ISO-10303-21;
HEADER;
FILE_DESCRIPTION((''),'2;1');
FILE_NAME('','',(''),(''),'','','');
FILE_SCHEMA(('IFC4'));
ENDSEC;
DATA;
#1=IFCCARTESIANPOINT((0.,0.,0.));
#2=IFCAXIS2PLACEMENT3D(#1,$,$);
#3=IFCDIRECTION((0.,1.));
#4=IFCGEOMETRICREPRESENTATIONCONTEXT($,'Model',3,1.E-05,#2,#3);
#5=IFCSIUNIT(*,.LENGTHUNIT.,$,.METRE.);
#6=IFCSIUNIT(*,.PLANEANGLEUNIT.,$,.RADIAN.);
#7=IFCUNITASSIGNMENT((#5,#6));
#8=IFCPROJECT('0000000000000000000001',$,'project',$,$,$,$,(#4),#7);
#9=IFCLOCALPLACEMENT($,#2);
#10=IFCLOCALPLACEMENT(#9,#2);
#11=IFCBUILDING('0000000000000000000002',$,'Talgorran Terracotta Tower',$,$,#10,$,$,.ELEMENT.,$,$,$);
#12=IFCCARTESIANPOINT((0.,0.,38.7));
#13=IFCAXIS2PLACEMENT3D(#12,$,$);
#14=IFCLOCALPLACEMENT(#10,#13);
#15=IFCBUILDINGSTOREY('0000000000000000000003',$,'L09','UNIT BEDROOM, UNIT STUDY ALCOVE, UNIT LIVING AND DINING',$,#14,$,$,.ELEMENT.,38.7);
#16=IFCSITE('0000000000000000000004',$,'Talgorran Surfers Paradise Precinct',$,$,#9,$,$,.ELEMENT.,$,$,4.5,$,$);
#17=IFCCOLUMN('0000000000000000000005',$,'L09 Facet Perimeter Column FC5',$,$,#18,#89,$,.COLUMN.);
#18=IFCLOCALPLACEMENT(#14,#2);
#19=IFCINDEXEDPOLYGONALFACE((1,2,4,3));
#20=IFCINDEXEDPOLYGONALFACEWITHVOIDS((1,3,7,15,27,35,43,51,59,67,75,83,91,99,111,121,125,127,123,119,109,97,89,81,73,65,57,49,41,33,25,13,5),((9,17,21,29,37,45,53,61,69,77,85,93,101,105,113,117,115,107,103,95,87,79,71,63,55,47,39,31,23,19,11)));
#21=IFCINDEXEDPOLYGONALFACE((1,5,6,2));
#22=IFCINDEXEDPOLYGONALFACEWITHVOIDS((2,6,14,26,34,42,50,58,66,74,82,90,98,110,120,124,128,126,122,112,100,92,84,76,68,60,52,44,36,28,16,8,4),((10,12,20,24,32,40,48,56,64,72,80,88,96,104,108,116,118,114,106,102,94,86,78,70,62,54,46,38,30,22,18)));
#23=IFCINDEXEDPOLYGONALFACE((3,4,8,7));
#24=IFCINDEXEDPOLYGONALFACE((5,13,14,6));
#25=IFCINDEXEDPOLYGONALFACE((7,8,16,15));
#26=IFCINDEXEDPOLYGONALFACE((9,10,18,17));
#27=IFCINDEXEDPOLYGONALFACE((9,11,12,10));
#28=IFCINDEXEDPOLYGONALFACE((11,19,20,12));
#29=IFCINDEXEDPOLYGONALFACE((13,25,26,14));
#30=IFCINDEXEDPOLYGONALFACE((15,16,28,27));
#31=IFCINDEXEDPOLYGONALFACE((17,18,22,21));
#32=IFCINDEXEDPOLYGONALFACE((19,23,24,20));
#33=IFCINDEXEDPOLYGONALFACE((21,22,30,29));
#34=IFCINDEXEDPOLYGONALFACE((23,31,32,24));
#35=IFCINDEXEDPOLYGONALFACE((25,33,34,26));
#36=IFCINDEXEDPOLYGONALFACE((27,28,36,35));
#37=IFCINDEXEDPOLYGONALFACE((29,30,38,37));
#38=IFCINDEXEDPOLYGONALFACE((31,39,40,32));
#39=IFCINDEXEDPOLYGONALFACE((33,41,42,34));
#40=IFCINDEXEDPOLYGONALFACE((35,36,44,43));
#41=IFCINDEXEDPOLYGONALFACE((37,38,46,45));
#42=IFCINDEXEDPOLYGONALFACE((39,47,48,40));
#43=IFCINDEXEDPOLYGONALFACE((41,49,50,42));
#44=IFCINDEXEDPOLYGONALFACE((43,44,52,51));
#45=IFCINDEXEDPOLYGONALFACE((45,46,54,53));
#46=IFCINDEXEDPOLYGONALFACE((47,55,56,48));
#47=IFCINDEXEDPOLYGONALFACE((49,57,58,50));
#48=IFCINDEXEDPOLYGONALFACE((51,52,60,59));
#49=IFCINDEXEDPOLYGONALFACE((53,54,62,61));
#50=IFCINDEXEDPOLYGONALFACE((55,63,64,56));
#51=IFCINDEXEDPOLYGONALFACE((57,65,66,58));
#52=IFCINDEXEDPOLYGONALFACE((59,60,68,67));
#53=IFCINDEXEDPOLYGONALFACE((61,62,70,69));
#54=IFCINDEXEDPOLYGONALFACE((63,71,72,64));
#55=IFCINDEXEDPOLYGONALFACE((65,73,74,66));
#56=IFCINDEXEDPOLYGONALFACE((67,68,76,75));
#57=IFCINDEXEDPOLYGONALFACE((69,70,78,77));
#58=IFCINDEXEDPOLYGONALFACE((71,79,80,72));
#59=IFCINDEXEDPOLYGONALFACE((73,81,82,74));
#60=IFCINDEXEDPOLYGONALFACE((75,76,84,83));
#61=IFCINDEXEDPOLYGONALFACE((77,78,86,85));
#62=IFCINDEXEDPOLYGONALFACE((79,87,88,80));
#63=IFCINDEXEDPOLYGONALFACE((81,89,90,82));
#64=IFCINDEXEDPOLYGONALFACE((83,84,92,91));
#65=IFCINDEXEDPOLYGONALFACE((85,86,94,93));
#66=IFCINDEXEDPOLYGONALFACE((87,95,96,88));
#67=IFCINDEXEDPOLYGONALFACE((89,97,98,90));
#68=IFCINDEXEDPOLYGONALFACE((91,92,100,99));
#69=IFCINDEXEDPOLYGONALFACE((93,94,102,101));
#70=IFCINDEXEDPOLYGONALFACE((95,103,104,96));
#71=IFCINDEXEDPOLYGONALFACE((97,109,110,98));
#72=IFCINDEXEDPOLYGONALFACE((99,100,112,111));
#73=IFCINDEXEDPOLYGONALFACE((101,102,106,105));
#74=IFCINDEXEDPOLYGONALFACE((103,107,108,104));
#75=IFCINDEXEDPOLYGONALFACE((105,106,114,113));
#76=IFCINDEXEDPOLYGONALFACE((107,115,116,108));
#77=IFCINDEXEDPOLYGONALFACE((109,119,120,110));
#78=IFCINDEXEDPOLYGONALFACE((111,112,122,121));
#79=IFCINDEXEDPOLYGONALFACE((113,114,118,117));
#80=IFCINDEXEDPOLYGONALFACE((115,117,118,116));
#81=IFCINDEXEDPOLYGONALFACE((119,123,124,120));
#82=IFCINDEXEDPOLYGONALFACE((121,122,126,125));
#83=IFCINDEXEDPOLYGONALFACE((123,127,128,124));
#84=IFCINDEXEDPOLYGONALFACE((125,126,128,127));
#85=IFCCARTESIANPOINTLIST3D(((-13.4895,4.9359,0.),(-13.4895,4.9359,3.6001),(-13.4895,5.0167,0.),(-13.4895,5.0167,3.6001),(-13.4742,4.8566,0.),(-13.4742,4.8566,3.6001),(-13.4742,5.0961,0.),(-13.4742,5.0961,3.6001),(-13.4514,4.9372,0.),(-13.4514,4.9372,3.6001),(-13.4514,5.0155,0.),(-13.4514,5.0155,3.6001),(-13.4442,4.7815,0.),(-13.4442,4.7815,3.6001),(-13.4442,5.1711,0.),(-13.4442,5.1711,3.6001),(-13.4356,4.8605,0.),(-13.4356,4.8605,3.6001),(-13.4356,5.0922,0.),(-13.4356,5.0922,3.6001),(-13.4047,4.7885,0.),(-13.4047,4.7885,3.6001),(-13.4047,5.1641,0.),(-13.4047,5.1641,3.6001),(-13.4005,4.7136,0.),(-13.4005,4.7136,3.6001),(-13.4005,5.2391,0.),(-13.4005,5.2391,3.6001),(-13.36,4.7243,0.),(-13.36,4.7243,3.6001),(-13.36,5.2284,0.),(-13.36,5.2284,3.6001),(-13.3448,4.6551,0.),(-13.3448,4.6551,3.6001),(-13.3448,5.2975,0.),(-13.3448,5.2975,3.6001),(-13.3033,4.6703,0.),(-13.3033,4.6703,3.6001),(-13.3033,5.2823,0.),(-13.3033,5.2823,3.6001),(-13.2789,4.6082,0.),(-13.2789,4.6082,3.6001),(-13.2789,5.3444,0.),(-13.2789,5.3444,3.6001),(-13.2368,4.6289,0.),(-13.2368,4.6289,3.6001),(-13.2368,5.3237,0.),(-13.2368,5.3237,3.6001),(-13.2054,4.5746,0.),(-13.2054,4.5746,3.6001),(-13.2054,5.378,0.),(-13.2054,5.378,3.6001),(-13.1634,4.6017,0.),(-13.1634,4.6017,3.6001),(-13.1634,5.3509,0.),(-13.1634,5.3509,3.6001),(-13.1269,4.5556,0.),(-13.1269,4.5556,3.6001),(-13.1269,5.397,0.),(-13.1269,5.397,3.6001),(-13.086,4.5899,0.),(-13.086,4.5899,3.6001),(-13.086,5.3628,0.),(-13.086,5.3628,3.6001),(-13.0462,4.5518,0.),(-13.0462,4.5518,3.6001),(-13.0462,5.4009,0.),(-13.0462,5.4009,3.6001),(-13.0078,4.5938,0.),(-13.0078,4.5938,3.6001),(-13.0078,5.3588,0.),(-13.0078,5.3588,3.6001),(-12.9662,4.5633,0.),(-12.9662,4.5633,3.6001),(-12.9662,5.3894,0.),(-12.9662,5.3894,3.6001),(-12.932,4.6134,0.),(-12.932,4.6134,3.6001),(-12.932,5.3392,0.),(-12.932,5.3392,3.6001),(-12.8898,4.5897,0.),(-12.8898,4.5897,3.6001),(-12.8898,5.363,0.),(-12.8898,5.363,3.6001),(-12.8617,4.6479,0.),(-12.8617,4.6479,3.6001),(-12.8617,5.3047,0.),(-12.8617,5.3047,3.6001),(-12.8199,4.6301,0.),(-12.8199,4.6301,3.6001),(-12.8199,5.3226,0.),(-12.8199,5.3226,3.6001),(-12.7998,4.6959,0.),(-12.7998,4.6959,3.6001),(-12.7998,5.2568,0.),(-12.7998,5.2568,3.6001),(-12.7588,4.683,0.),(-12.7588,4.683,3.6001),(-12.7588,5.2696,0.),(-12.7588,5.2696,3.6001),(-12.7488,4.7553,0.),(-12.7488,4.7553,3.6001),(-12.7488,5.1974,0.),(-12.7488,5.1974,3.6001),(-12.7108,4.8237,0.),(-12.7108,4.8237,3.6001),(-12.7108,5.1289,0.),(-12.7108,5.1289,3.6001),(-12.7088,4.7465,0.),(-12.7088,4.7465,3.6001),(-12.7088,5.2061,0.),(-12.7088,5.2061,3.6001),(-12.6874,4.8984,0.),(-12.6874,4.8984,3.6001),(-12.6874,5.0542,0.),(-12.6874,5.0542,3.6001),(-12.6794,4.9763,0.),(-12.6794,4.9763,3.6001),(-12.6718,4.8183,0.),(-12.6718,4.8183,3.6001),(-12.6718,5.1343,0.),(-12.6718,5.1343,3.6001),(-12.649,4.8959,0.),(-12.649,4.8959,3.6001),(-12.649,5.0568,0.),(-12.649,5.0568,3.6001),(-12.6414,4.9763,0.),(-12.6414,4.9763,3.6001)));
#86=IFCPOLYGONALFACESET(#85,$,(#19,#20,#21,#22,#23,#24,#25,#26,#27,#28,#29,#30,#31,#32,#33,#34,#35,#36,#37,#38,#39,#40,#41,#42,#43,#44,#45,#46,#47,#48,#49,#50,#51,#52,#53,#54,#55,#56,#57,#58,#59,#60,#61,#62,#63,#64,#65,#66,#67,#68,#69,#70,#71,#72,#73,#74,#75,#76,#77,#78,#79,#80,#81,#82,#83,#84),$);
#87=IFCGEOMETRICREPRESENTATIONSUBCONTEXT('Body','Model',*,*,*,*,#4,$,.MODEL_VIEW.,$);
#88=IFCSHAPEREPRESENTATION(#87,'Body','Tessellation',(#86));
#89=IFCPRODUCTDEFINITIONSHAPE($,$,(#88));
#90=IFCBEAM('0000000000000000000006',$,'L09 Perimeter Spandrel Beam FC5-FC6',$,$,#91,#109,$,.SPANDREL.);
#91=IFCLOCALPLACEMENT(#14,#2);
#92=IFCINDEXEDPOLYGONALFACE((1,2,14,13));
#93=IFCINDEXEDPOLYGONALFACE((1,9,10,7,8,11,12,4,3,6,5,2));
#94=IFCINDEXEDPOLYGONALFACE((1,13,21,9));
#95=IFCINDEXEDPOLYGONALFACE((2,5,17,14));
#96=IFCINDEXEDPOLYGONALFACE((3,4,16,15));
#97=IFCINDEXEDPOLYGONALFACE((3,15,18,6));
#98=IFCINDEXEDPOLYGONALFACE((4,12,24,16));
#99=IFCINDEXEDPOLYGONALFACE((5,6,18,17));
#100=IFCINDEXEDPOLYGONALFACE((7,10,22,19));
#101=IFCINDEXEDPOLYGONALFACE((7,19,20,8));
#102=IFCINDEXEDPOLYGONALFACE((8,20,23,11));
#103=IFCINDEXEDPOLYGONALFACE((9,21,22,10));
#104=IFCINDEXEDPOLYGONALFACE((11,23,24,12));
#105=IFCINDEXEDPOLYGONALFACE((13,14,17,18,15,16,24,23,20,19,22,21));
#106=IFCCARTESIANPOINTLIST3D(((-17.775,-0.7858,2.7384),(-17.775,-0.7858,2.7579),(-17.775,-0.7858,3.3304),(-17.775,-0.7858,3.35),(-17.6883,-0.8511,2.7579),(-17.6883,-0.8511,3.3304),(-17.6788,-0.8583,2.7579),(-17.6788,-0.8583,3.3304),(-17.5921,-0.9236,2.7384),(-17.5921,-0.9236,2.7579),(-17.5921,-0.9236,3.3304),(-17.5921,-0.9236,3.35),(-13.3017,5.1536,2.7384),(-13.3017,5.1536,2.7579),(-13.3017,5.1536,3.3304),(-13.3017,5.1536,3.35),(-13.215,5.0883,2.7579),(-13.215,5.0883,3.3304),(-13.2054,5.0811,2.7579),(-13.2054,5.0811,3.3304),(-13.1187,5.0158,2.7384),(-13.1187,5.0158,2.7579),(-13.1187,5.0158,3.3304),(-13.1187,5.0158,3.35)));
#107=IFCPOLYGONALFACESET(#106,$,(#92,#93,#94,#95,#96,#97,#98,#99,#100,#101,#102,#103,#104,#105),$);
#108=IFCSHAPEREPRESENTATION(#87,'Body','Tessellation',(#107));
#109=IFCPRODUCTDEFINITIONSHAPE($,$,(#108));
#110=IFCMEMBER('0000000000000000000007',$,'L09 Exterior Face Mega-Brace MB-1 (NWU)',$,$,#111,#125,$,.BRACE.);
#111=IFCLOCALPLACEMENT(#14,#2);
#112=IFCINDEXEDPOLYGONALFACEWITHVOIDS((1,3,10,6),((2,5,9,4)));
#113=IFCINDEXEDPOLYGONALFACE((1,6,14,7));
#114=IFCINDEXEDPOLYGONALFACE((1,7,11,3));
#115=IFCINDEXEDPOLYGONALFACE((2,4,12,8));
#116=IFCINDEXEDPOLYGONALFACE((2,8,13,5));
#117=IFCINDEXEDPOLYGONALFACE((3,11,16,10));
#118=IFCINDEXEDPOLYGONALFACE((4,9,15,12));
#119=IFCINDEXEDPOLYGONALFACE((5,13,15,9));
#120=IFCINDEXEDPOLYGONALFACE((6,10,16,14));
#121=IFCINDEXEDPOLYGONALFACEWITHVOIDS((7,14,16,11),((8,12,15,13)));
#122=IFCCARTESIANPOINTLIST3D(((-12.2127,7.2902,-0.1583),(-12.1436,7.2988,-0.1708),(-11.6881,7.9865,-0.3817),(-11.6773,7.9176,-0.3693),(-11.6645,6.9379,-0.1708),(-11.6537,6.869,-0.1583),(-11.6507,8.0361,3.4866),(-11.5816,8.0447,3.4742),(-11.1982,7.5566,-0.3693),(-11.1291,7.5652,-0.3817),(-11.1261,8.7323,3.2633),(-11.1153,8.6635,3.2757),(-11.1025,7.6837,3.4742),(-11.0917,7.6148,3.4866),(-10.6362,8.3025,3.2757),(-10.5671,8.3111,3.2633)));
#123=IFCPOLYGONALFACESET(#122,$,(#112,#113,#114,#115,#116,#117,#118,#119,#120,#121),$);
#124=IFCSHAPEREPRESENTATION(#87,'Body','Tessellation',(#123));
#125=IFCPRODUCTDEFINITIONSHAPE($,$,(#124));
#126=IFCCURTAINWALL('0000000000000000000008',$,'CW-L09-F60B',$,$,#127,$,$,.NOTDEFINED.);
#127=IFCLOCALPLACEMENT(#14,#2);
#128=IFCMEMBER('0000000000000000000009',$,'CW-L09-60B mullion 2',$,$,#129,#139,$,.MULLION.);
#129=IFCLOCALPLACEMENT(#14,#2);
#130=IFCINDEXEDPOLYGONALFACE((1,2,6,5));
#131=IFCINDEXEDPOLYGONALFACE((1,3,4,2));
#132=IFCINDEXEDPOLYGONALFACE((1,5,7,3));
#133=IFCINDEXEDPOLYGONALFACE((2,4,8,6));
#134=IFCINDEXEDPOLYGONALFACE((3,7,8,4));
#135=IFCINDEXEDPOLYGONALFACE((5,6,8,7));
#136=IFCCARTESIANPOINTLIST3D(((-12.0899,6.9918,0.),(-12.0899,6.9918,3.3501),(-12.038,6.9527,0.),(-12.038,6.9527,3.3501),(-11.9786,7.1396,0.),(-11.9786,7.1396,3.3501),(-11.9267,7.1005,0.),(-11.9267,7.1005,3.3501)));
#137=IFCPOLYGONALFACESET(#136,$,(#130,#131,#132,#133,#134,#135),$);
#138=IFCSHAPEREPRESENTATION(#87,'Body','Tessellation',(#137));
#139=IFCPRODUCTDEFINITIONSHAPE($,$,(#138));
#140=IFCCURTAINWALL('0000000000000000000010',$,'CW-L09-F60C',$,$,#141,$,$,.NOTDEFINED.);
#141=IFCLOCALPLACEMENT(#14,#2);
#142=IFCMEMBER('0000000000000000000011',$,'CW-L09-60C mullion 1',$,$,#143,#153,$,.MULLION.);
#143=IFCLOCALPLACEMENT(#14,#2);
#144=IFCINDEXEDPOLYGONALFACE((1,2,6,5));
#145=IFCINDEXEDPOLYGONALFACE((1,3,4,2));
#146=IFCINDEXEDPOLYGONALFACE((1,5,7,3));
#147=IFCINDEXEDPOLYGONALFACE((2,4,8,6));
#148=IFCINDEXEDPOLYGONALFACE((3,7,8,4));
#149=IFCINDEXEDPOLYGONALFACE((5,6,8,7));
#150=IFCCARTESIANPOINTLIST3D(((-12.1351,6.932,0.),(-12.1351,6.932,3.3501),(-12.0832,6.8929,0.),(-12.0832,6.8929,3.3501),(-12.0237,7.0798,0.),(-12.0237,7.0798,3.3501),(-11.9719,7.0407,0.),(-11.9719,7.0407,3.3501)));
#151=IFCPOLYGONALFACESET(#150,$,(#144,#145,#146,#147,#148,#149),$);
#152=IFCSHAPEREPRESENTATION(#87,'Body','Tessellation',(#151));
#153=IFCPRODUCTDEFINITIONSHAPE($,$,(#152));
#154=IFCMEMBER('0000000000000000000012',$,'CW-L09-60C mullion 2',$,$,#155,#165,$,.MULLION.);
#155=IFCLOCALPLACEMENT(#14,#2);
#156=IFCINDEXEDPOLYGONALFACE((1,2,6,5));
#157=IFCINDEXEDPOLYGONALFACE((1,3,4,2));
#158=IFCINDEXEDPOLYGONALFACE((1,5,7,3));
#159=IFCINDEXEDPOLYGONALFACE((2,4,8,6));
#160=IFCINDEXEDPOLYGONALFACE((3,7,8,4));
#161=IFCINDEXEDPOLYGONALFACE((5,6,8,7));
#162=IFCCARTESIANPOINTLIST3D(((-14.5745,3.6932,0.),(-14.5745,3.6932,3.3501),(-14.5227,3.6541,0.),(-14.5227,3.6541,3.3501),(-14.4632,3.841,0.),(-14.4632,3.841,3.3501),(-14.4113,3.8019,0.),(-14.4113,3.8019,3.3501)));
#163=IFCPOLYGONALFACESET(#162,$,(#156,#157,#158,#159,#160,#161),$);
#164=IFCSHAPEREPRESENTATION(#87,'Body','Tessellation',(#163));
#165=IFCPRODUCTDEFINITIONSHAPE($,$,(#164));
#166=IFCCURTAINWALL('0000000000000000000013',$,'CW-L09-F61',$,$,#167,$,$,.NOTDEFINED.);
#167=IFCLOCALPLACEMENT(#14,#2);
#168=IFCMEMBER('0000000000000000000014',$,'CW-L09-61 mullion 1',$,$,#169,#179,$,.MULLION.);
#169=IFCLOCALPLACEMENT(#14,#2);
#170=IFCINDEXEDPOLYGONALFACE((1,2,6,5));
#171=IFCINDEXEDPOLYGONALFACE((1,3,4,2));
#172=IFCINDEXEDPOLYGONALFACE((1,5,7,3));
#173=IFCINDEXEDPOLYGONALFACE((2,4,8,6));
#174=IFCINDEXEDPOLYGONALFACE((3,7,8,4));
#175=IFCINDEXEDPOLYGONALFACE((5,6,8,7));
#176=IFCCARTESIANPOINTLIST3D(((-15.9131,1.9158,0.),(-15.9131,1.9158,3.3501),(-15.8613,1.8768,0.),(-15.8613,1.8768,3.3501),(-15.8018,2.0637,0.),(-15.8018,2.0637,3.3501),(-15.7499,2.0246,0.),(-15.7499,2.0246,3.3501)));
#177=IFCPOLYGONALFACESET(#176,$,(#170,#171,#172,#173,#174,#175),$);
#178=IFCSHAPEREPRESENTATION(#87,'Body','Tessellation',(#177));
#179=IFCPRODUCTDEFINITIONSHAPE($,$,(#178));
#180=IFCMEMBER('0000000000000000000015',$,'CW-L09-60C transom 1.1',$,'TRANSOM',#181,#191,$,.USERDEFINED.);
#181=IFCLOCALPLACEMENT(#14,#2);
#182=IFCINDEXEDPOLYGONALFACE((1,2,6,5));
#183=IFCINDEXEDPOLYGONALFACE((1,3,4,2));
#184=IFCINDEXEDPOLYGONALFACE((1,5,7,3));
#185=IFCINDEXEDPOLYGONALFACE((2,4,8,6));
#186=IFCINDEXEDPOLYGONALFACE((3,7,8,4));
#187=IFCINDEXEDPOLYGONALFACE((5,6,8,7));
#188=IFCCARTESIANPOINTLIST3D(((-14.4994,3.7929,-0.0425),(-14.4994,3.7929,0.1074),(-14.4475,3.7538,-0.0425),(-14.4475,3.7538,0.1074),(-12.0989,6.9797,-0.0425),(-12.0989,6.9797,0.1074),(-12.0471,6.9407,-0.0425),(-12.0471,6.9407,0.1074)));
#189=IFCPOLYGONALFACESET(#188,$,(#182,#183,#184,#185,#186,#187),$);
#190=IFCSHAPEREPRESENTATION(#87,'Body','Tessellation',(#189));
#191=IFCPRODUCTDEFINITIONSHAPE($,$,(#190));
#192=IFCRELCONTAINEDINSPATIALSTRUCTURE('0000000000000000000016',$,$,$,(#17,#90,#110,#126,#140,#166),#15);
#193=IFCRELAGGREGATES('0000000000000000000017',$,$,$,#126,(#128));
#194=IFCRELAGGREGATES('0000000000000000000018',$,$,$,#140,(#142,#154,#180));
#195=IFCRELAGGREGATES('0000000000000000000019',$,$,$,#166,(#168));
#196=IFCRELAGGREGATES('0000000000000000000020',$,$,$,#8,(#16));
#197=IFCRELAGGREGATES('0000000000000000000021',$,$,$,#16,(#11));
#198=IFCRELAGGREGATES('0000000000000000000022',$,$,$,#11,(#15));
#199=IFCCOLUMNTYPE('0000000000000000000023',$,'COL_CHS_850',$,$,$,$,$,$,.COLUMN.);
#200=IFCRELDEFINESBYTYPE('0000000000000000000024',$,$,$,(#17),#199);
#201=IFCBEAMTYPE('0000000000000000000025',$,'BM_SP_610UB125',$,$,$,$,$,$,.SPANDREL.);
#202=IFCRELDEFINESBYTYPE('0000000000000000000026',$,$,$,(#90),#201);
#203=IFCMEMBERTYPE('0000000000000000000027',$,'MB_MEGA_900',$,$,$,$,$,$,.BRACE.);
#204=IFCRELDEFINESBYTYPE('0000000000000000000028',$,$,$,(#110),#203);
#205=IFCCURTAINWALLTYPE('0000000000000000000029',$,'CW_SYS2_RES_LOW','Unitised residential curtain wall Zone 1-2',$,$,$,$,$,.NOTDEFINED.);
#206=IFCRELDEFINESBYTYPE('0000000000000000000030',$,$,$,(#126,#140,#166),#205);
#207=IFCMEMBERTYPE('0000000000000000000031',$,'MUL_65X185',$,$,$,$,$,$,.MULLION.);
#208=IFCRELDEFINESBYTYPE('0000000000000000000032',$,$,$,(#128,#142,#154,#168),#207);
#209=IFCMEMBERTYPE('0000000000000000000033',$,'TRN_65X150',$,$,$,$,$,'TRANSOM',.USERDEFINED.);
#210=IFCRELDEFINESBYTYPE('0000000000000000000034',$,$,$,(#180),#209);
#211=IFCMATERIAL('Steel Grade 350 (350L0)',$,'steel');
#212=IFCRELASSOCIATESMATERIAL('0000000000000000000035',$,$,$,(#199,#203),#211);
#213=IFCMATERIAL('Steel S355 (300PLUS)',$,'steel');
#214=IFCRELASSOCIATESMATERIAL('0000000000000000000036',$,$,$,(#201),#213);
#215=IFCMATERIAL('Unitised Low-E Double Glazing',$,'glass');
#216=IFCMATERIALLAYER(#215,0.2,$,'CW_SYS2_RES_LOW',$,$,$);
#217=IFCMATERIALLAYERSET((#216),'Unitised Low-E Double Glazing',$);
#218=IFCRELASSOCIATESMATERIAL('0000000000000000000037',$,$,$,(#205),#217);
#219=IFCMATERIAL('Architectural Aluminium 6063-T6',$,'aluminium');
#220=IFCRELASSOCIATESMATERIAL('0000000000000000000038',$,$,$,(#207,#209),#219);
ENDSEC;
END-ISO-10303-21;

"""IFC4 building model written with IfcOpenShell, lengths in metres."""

from ifc_helpers import new_model, si_unit, direction, frame, origin, origin_2d, place, context, subcontext, project, spatial, rectangle, hollow_rectangle, hollow_circle, i_section, extrude, material, layer, layer_set, material_profile, profile_set, type_object, element, aggregate, save


model = new_model("IFC4")

# Units and contexts
model_context = context("Model", 3, precision=1e-05, world=origin(), true_north=direction((0.0, 1.0)))
body_context = subcontext(model_context, "Body", "Model", "MODEL_VIEW")
ifc_project = project(units=[si_unit("LENGTHUNIT", "METRE"), si_unit("PLANEANGLEUNIT", "RADIAN")], contexts=[model_context])

# Site, building, storey
site_placement = place(None, origin())
site = spatial("IfcSite", under=ifc_project, at=site_placement, Name="Talgorran Surfers Paradise Precinct", CompositionType="ELEMENT", RefElevation=4.5)
building_placement = place(site_placement, origin())
building = spatial("IfcBuilding", under=site, at=building_placement, Name="Talgorran Terracotta Tower", CompositionType="ELEMENT")
storey_placement = place(building_placement, frame((0.0, 0.0, 38.7)))
storey = spatial("IfcBuildingStorey", under=building, at=storey_placement, Name="L09", Description="UNIT BEDROOM, UNIT STUDY ALCOVE, UNIT LIVING AND DINING", CompositionType="ELEMENT", Elevation=38.7)

# Column
ifc_material_1 = material(Name="Steel Grade 350 (350L0)", Category="steel")
ifc_material_profile_1 = material_profile(ifc_material_1, hollow_circle(Radius=0.425, WallThickness=0.0381, at=origin_2d()), Name="CHS850X38")
ifc_profile_set_1 = profile_set([ifc_material_profile_1], Name="Steel Grade 350 (350L0)")
column_type = type_object("IfcColumnType", Name="COL_CHS_850", PredefinedType="COLUMN", material=ifc_profile_set_1)
column_placement = place(storey_placement, frame((-13.0664, 4.9763, 0.0), z_axis=(0.0, 0.0, 1.0), x_axis=(1.0, 0.0, 0.0)))
element("IfcColumn", 1, at=column_placement, inside=storey, type_object=column_type, Name="L09 Facet Perimeter Column FC5", PredefinedType="COLUMN", context=body_context, shape_type="SweptSolid", body=[
    extrude(hollow_circle(Radius=0.425, WallThickness=0.0381, at=origin_2d()), origin(), (0.0, 0.0, 1.0), 3.6001),
])

# Beam
ifc_material_2 = material(Name="Steel S355 (300PLUS)", Category="steel")
ifc_material_profile_2 = material_profile(ifc_material_2, i_section(OverallWidth=0.229, OverallDepth=0.6116, WebThickness=0.012, FlangeThickness=0.0195, at=origin_2d()), Name="610UB125")
ifc_profile_set_2 = profile_set([ifc_material_profile_2], Name="Steel S355 (300PLUS)")
beam_type = type_object("IfcBeamType", Name="BM_SP_610UB125", PredefinedType="SPANDREL", material=ifc_profile_set_2)
beam_placement = place(storey_placement, frame((-13.2102, 5.0847, 3.0442), z_axis=(-0.601617, -0.798785, 0.0), x_axis=(0.798785, -0.601617, 0.0)))
element("IfcBeam", 2, at=beam_placement, inside=storey, type_object=beam_type, Name="L09 Perimeter Spandrel Beam FC5-FC6", PredefinedType="SPANDREL", context=body_context, shape_type="SweptSolid", body=[
    extrude(i_section(OverallWidth=0.229, OverallDepth=0.6116, WebThickness=0.012, FlangeThickness=0.0195, at=origin_2d()), origin(), (0.0, 0.0, 1.0), 7.4355),
])

# Member
ifc_material_profile_3 = material_profile(ifc_material_1, hollow_rectangle(XDim=0.7, YDim=0.8999, WallThickness=0.05, at=origin_2d()), Name="WBOX900X700X50")
ifc_profile_set_3 = profile_set([ifc_material_profile_3], Name="Steel Grade 350 (350L0)")
member_type_1 = type_object("IfcMemberType", Name="MB_MEGA_900", PredefinedType="BRACE", material=ifc_profile_set_3)
member_1_placement = place(storey_placement, frame((-11.6709, 7.4277, -0.27), z_axis=(0.149362, 0.198219, 0.968711), x_axis=(-0.798649, 0.601797, 0.0)))
element("IfcMember", 3, at=member_1_placement, inside=storey, type_object=member_type_1, Name="L09 Exterior Face Mega-Brace MB-1 (NWU)", PredefinedType="BRACE", context=body_context, shape_type="SweptSolid", body=[
    extrude(hollow_rectangle(XDim=0.7, YDim=0.8999, WallThickness=0.05, at=origin_2d()), origin(), (0.0, 0.0, 1.0), 3.7627),
])

# Curtain wall, member
ifc_material_3 = material(Name="Unitised Low-E Double Glazing", Category="glass")
ifc_layer_1 = layer(ifc_material_3, 0.2, Name="CW_SYS2_RES_LOW")
ifc_layer_set_1 = layer_set([ifc_layer_1], Name="Unitised Low-E Double Glazing")
curtain_wall_type = type_object("IfcCurtainWallType", Name="CW_SYS2_RES_LOW", Description="Unitised residential curtain wall Zone 1-2", PredefinedType="NOTDEFINED", material=ifc_layer_set_1)
curtain_wall_1_placement = place(storey_placement, origin())
curtain_wall_1 = element("IfcCurtainWall", 4, at=curtain_wall_1_placement, inside=storey, type_object=curtain_wall_type, Name="CW-L09-F60B", PredefinedType="NOTDEFINED")
ifc_material_4 = material(Name="Architectural Aluminium 6063-T6", Category="aluminium")
ifc_material_profile_4 = material_profile(ifc_material_4, rectangle(XDim=0.0649, YDim=0.1851, at=origin_2d()), Name="CWM65X185")
ifc_profile_set_4 = profile_set([ifc_material_profile_4], Name="Architectural Aluminium 6063-T6")
member_type_2 = type_object("IfcMemberType", Name="MUL_65X185", PredefinedType="MULLION", material=ifc_profile_set_4)
member_2_placement = place(storey_placement, frame((-12.0083, 7.0461, 0.0), z_axis=(0.0, 0.0, 1.0), x_axis=(0.798774, -0.601631, 0.0)))
member_2 = element("IfcMember", 5, at=member_2_placement, type_object=member_type_2, Name="CW-L09-60B mullion 2", PredefinedType="MULLION", context=body_context, shape_type="SweptSolid", body=[
    extrude(rectangle(XDim=0.0649, YDim=0.1851, at=origin_2d()), origin(), (0.0, 0.0, 1.0), 3.3501),
])

# Curtain wall, members
curtain_wall_2_placement = place(storey_placement, origin())
curtain_wall_2 = element("IfcCurtainWall", 6, at=curtain_wall_2_placement, inside=storey, type_object=curtain_wall_type, Name="CW-L09-F60C", PredefinedType="NOTDEFINED")
member_3_placement = place(storey_placement, frame((-12.0535, 6.9863, 0.0), z_axis=(0.0, 0.0, 1.0), x_axis=(0.798778, -0.601626, 0.0)))
member_3 = element("IfcMember", 7, at=member_3_placement, type_object=member_type_2, Name="CW-L09-60C mullion 1", PredefinedType="MULLION", context=body_context, shape_type="SweptSolid", body=[
    extrude(rectangle(XDim=0.0649, YDim=0.1851, at=origin_2d()), origin(), (0.0, 0.0, 1.0), 3.3501),
])
member_4_placement = place(storey_placement, frame((-14.4929, 3.7476, 0.0), z_axis=(0.0, 0.0, 1.0), x_axis=(0.798778, -0.601626, 0.0)))
member_4 = element("IfcMember", 8, at=member_4_placement, type_object=member_type_2, Name="CW-L09-60C mullion 2", PredefinedType="MULLION", context=body_context, shape_type="SweptSolid", body=[
    extrude(rectangle(XDim=0.0649, YDim=0.1851, at=origin_2d()), origin(), (0.0, 0.0, 1.0), 3.3501),
])

# Curtain wall, member
curtain_wall_3_placement = place(storey_placement, origin())
curtain_wall_3 = element("IfcCurtainWall", 9, at=curtain_wall_3_placement, inside=storey, type_object=curtain_wall_type, Name="CW-L09-F61", PredefinedType="NOTDEFINED")
member_5_placement = place(storey_placement, frame((-15.8315, 1.9702, 0.0), z_axis=(0.0, 0.0, 1.0), x_axis=(0.798776, -0.601629, 0.0)))
member_5 = element("IfcMember", 10, at=member_5_placement, type_object=member_type_2, Name="CW-L09-61 mullion 1", PredefinedType="MULLION", context=body_context, shape_type="SweptSolid", body=[
    extrude(rectangle(XDim=0.0649, YDim=0.1851, at=origin_2d()), origin(), (0.0, 0.0, 1.0), 3.3501),
])

# Member
ifc_material_profile_5 = material_profile(ifc_material_4, rectangle(XDim=0.0649, YDim=0.1499, at=origin_2d()), Name="CWT65X150")
ifc_profile_set_5 = profile_set([ifc_material_profile_5], Name="Architectural Aluminium 6063-T6")
member_type_3 = type_object("IfcMemberType", Name="TRN_65X150", ElementType="TRANSOM", PredefinedType="USERDEFINED", material=ifc_profile_set_5)
member_6_placement = place(storey_placement, frame((-12.073, 6.9602, 0.0325), z_axis=(-0.601653, -0.798757, 0.0), x_axis=(0.798757, -0.601653, 0.0)))
member_6 = element("IfcMember", 11, at=member_6_placement, type_object=member_type_3, Name="CW-L09-60C transom 1.1", ObjectType="TRANSOM", PredefinedType="USERDEFINED", context=body_context, shape_type="SweptSolid", body=[
    extrude(rectangle(XDim=0.0649, YDim=0.1499, at=origin_2d()), origin(), (0.0, 0.0, 1.0), 3.9897),
])

aggregate(curtain_wall_1, [member_2])
aggregate(curtain_wall_2, [member_3, member_4, member_6])
aggregate(curtain_wall_3, [member_5])

save(model, "model.ifc")
